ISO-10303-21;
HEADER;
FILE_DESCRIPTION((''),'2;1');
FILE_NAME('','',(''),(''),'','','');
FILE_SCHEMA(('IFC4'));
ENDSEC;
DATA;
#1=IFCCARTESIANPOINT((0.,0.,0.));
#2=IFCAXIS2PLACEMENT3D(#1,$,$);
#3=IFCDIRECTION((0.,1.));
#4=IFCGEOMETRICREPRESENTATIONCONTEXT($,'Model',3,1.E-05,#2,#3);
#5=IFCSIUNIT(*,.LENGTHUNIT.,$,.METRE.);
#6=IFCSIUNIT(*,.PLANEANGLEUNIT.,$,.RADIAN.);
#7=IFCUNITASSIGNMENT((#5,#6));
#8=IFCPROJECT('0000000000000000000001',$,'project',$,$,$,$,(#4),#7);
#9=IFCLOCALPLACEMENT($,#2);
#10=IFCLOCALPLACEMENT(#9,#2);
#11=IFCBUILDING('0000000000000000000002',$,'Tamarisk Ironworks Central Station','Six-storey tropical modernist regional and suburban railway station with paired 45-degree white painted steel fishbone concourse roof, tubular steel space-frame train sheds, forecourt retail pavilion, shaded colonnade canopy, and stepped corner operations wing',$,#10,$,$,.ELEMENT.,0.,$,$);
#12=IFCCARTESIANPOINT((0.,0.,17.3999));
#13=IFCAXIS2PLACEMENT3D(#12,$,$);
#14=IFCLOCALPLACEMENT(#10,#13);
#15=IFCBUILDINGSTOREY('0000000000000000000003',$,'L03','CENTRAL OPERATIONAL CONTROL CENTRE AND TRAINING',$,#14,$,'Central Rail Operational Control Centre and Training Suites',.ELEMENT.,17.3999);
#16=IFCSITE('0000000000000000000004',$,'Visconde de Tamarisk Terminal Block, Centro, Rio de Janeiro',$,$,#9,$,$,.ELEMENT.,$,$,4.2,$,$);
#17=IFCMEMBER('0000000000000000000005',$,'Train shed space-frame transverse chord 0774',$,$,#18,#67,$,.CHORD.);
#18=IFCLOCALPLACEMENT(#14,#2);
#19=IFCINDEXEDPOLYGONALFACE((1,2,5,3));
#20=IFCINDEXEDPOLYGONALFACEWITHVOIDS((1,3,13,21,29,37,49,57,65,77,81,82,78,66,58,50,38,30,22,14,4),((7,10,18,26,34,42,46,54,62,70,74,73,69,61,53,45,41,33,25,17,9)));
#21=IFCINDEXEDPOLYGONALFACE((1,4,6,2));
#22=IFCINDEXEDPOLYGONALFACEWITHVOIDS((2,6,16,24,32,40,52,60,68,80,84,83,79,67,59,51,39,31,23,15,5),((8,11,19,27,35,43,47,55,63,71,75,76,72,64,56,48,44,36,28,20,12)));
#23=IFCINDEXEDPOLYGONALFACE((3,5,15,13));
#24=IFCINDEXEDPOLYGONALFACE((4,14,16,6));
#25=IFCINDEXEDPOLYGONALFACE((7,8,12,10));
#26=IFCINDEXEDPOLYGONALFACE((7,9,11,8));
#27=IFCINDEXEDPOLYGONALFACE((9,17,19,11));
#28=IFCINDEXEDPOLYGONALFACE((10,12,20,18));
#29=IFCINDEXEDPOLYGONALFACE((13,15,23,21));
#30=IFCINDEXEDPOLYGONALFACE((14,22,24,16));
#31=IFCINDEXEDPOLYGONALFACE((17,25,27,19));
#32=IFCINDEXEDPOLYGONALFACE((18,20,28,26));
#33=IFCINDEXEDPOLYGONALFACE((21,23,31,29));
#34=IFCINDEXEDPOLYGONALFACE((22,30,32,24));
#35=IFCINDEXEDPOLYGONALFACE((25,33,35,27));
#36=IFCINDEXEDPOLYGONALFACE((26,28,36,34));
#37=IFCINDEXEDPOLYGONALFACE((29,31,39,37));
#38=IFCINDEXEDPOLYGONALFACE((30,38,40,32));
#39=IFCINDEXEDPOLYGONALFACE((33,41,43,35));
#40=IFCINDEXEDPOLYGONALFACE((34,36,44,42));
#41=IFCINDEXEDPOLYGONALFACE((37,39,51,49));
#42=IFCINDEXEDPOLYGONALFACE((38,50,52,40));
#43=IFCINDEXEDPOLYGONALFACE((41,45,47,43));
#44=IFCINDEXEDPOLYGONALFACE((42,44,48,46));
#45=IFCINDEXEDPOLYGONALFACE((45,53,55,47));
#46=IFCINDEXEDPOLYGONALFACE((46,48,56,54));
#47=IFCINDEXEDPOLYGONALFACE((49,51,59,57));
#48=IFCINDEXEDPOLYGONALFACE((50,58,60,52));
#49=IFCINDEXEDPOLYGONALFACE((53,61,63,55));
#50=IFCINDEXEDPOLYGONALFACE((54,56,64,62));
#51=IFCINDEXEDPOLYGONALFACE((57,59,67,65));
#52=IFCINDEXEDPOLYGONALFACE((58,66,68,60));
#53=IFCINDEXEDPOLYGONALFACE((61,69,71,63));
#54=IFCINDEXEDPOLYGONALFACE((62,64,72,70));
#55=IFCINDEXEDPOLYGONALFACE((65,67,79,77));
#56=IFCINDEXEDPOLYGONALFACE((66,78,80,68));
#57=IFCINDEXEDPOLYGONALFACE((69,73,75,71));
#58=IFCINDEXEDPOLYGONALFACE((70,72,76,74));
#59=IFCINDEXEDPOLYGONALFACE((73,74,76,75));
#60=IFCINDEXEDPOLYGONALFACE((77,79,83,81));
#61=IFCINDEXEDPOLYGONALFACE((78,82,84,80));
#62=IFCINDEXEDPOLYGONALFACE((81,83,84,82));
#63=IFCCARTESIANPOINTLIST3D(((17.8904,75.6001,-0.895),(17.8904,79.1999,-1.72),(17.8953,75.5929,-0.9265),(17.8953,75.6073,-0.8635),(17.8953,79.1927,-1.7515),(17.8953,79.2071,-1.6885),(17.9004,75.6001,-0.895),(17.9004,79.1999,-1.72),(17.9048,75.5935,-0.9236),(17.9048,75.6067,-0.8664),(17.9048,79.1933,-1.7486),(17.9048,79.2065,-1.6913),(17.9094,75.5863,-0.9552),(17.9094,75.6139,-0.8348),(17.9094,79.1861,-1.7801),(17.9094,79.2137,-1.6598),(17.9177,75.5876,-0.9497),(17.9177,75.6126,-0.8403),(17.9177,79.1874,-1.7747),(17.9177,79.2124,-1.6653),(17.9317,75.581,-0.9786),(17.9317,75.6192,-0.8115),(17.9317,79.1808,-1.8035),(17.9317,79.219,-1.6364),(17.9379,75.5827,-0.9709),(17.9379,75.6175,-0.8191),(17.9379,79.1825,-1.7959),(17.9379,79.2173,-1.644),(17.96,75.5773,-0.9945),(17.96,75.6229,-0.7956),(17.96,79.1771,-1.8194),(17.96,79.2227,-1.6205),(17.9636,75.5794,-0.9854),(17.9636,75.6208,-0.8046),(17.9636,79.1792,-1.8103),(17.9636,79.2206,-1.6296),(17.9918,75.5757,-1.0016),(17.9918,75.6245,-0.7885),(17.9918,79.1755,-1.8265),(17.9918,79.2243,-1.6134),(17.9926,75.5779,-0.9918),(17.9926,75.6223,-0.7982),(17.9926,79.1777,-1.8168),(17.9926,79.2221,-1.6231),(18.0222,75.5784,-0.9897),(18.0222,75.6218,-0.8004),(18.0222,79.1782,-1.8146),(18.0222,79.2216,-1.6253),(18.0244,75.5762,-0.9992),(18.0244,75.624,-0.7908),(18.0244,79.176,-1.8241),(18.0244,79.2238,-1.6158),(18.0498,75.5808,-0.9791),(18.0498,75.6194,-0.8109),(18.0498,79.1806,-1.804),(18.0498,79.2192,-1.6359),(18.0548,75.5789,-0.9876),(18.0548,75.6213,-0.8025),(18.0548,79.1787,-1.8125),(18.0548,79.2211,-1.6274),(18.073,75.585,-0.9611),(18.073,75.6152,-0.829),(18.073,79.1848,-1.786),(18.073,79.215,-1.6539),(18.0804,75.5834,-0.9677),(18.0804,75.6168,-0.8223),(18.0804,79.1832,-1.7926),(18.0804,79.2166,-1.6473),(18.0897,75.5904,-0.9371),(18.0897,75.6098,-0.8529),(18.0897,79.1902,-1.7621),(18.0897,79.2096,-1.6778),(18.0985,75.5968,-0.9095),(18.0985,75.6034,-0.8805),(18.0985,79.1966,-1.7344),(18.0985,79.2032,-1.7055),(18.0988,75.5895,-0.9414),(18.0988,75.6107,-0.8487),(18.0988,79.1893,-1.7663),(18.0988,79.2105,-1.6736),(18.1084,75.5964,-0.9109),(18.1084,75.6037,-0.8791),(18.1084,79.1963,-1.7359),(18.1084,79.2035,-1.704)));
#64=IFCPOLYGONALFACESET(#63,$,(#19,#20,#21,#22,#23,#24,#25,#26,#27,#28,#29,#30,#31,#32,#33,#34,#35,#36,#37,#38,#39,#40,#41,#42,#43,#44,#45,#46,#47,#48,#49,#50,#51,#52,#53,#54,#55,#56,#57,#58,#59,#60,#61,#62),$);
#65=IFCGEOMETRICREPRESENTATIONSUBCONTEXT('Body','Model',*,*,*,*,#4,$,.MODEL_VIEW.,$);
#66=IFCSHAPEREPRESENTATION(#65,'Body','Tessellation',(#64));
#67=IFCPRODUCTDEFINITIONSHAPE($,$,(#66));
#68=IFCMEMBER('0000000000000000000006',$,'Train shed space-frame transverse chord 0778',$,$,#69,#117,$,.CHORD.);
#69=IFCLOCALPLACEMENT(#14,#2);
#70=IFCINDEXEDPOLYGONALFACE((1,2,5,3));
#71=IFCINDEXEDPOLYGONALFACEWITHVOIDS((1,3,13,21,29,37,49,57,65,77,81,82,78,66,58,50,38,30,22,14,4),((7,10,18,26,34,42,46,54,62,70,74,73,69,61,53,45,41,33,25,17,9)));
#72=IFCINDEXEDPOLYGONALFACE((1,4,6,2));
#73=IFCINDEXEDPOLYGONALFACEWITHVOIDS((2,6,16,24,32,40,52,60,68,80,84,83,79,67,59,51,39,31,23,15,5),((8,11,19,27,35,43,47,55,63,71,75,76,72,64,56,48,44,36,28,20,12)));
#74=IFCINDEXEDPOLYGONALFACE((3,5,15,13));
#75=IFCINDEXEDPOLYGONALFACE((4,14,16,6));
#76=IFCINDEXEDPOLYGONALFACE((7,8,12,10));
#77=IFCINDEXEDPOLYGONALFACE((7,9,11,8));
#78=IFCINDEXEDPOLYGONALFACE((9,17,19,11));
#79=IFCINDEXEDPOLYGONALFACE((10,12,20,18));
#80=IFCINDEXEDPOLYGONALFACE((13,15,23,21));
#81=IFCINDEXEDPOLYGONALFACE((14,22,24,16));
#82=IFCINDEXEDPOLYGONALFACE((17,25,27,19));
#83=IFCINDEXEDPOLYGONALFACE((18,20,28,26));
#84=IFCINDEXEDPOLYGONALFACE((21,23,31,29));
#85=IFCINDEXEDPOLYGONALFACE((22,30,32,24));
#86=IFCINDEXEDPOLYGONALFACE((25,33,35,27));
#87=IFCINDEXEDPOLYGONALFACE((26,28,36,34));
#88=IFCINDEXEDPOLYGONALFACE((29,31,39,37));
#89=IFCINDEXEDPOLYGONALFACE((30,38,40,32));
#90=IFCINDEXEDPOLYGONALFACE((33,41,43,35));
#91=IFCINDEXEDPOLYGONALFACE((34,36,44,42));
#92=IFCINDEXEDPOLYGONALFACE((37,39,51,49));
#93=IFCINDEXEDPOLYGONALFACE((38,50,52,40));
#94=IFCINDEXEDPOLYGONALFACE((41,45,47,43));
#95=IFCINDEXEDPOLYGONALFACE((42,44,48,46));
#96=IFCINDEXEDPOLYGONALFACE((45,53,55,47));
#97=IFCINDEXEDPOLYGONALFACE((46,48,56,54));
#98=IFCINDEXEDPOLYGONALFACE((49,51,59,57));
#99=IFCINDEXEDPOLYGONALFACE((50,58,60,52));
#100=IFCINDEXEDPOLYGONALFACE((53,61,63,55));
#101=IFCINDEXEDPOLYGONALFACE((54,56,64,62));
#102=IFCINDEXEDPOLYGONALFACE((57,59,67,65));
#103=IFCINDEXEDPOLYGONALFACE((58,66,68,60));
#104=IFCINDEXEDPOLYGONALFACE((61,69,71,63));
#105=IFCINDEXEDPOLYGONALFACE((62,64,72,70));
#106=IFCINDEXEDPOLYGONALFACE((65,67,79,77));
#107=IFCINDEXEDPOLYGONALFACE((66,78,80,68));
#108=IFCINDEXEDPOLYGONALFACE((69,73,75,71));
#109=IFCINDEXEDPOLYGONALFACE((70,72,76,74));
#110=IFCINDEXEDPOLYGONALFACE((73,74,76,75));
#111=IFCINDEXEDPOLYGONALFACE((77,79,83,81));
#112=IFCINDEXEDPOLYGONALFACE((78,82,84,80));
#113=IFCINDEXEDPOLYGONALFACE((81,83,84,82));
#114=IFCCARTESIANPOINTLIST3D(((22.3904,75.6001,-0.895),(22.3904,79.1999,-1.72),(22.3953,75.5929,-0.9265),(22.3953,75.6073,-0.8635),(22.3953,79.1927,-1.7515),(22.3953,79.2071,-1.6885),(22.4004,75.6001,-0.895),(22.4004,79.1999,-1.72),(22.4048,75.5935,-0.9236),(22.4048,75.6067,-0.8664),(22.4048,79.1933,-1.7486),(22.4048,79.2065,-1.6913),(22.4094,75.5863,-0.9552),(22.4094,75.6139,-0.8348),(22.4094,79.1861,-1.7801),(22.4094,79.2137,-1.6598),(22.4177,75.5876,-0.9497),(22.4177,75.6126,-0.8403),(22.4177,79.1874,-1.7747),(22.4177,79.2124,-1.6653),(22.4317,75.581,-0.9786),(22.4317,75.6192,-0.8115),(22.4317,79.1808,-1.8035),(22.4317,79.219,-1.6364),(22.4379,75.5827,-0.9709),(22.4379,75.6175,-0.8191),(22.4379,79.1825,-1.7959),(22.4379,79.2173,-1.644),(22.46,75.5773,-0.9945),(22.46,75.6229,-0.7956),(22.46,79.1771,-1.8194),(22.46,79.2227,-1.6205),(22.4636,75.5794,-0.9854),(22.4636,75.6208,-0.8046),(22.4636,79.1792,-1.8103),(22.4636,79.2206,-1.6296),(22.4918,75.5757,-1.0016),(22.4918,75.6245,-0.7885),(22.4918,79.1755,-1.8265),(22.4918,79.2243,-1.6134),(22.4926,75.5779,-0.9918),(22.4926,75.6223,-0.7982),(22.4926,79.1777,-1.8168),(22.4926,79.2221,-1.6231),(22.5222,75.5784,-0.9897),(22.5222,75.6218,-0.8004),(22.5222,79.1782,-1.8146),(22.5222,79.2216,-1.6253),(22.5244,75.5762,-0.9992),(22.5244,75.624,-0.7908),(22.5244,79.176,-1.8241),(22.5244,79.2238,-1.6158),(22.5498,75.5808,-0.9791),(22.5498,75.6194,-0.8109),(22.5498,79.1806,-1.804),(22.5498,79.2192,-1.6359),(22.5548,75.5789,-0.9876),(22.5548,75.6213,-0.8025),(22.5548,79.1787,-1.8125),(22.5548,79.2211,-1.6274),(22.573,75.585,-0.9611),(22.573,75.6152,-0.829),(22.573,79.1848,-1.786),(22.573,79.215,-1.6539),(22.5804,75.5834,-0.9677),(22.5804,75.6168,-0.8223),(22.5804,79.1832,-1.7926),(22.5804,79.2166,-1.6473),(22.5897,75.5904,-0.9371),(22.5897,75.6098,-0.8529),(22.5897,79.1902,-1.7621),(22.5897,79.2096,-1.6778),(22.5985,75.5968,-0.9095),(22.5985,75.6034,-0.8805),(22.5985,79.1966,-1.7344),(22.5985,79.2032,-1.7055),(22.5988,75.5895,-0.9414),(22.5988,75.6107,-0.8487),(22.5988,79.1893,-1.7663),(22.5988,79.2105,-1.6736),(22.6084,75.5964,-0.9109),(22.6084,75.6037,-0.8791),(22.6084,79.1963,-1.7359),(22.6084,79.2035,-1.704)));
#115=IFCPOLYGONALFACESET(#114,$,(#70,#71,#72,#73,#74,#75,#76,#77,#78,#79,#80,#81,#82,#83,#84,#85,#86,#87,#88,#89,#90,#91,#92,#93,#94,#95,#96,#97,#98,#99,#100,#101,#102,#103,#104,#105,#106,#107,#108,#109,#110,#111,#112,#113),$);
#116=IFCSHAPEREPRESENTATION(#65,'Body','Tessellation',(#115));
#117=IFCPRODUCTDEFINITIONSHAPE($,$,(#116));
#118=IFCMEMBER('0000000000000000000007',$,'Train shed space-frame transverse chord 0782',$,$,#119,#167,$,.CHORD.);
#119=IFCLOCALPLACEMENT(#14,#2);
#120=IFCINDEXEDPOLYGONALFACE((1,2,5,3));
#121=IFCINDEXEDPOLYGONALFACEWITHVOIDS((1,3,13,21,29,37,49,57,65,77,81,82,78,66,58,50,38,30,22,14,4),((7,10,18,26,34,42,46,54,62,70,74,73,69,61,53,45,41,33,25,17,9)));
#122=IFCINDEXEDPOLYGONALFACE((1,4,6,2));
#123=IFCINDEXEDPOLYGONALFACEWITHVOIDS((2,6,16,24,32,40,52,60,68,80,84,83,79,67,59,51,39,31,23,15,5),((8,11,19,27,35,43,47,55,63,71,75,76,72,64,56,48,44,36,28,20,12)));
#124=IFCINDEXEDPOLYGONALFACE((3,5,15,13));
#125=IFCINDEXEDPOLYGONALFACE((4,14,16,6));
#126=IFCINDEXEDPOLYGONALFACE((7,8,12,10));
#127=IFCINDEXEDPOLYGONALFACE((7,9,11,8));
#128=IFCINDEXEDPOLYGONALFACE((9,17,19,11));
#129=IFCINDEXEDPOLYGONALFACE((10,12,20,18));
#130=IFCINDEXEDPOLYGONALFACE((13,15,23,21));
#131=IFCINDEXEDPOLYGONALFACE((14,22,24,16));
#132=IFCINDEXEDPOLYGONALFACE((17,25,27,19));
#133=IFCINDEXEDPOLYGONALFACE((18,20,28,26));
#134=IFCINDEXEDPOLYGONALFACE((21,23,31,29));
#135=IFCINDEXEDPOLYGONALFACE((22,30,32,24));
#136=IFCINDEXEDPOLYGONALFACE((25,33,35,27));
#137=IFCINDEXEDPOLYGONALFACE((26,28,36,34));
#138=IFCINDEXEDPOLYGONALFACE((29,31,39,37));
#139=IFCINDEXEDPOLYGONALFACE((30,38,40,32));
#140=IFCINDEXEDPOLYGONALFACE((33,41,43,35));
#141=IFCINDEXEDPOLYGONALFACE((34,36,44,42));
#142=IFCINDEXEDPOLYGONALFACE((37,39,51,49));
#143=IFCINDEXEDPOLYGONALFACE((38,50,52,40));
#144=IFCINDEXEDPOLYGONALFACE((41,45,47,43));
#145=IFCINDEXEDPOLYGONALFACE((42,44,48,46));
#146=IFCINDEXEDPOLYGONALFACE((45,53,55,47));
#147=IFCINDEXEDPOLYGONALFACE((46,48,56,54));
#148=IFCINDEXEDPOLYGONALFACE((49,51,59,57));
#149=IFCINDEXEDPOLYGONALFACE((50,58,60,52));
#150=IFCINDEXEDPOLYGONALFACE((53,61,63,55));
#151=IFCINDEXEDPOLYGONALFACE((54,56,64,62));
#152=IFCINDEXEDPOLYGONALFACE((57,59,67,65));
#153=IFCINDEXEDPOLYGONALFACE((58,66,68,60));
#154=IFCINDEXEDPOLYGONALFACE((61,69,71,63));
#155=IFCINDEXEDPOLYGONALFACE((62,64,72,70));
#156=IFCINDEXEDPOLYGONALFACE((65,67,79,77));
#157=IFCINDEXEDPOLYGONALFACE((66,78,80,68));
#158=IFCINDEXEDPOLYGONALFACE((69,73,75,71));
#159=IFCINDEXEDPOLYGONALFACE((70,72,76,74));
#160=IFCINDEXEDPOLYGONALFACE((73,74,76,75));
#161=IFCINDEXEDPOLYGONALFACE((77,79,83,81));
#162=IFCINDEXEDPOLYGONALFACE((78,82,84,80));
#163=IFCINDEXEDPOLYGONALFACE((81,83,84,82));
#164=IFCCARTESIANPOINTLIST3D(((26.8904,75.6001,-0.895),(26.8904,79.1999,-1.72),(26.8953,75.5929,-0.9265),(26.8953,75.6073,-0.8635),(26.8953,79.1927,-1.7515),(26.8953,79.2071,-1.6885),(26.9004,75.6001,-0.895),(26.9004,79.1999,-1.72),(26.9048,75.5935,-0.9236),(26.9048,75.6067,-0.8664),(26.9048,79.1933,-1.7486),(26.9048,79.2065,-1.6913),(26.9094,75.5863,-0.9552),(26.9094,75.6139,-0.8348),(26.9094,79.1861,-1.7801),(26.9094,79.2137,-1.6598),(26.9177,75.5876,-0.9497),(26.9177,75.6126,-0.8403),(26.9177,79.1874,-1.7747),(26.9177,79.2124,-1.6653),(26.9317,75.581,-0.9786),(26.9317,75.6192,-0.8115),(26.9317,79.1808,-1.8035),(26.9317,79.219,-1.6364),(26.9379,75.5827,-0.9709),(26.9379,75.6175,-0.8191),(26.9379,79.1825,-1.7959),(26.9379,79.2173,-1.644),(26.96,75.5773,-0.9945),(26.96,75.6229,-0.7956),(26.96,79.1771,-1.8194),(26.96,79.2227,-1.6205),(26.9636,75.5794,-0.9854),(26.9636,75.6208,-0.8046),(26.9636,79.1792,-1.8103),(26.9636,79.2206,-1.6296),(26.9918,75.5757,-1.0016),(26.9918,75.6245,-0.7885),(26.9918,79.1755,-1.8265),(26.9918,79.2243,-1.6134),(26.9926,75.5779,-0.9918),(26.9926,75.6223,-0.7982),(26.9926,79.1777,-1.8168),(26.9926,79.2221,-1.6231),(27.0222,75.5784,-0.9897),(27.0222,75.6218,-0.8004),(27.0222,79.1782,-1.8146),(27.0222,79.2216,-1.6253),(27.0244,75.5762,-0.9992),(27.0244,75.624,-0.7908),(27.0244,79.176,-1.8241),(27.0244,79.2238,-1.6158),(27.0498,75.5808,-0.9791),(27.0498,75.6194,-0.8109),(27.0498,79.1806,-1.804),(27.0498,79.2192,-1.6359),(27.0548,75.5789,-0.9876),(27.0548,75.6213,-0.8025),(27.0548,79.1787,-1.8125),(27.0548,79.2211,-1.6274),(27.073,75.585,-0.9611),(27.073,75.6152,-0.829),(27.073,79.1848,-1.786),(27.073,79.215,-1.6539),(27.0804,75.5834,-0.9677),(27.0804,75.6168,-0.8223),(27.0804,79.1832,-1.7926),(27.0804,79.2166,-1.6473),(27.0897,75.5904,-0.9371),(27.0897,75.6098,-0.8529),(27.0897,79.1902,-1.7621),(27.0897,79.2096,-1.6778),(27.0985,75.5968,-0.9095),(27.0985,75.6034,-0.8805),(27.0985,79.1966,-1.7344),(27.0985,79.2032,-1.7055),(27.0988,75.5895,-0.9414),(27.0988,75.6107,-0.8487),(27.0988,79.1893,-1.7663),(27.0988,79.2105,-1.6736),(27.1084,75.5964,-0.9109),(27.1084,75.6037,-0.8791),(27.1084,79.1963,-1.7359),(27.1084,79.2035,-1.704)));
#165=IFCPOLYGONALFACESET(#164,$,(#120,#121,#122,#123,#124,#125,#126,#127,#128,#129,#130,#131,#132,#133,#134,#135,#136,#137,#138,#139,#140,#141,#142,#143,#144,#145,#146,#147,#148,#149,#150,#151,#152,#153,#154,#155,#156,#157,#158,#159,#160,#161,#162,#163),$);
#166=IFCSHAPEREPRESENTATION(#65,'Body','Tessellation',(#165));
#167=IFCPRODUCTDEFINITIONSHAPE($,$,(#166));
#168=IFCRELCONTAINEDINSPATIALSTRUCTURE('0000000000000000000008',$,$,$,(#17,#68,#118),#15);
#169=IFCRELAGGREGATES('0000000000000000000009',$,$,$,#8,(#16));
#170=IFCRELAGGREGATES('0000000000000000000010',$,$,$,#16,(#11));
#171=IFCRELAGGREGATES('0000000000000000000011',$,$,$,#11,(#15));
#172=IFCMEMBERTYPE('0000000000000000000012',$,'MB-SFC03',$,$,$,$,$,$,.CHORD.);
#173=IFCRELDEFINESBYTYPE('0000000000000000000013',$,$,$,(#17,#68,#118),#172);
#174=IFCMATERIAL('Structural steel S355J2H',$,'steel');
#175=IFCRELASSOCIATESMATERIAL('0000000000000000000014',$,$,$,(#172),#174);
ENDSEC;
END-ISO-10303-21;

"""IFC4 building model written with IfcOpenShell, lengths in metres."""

from ifc_helpers import new_model, si_unit, direction, frame, origin, origin_2d, place, context, subcontext, project, spatial, hollow_circle, extrude, material, material_profile, profile_set, type_object, element, save


model = new_model("IFC4")

# Units and contexts
model_context = context("Model", 3, precision=1e-05, world=origin(), true_north=direction((0.0, 1.0)))
body_context = subcontext(model_context, "Body", "Model", "MODEL_VIEW")
ifc_project = project(units=[si_unit("LENGTHUNIT", "METRE"), si_unit("PLANEANGLEUNIT", "RADIAN")], contexts=[model_context])

# Site, building, storey
site_placement = place(None, origin())
site = spatial("IfcSite", under=ifc_project, at=site_placement, Name="Visconde de Tamarisk Terminal Block, Centro, Rio de Janeiro", CompositionType="ELEMENT", RefElevation=4.2)
building_placement = place(site_placement, origin())
building = spatial("IfcBuilding", under=site, at=building_placement, Name="Tamarisk Ironworks Central Station", Description="Six-storey tropical modernist regional and suburban railway station with paired 45-degree white painted steel fishbone concourse roof, tubular steel space-frame train sheds, forecourt retail pavilion, shaded colonnade canopy, and stepped corner operations wing", CompositionType="ELEMENT", ElevationOfRefHeight=0.0)
storey_placement = place(building_placement, frame((0.0, 0.0, 17.3999)))
storey = spatial("IfcBuildingStorey", under=building, at=storey_placement, Name="L03", Description="CENTRAL OPERATIONAL CONTROL CENTRE AND TRAINING", LongName="Central Rail Operational Control Centre and Training Suites", CompositionType="ELEMENT", Elevation=17.3999)

# Members
ifc_material_1 = material(Name="Structural steel S355J2H", Category="steel")
ifc_material_profile_1 = material_profile(ifc_material_1, hollow_circle(Radius=0.1096, WallThickness=0.01, at=origin_2d()), Name="CHS 219.1x10")
ifc_profile_set_1 = profile_set([ifc_material_profile_1], Name="Structural steel S355J2H")
member_type_1 = type_object("IfcMemberType", Name="MB-SFC03", PredefinedType="CHORD", material=ifc_profile_set_1)
for number, where, z_axis, x_axis, name in (
    (1, (18.0, 75.6001, -0.895), (0.0, 0.974733, -0.223372), (-1.0, 0.0, 0.0), "Train shed space-frame transverse chord 0774"),
    (2, (22.5, 75.6001, -0.895), (0.0, 0.974733, -0.223372), (-1.0, 0.0, 0.0), "Train shed space-frame transverse chord 0778"),
    (3, (27.0, 75.6001, -0.895), (0.0, 0.974733, -0.223372), (-1.0, 0.0, 0.0), "Train shed space-frame transverse chord 0782"),
):
    element("IfcMember", number, at=place(storey_placement, frame(where, z_axis=z_axis, x_axis=x_axis)), inside=storey, type_object=member_type_1, Name=name, PredefinedType="CHORD", context=body_context, shape_type="SweptSolid", body=[
        extrude(hollow_circle(Radius=0.1096, WallThickness=0.01, at=origin_2d()), origin(), (0.0, 0.0, 1.0), 3.6931),
    ])

save(model, "model.ifc")
